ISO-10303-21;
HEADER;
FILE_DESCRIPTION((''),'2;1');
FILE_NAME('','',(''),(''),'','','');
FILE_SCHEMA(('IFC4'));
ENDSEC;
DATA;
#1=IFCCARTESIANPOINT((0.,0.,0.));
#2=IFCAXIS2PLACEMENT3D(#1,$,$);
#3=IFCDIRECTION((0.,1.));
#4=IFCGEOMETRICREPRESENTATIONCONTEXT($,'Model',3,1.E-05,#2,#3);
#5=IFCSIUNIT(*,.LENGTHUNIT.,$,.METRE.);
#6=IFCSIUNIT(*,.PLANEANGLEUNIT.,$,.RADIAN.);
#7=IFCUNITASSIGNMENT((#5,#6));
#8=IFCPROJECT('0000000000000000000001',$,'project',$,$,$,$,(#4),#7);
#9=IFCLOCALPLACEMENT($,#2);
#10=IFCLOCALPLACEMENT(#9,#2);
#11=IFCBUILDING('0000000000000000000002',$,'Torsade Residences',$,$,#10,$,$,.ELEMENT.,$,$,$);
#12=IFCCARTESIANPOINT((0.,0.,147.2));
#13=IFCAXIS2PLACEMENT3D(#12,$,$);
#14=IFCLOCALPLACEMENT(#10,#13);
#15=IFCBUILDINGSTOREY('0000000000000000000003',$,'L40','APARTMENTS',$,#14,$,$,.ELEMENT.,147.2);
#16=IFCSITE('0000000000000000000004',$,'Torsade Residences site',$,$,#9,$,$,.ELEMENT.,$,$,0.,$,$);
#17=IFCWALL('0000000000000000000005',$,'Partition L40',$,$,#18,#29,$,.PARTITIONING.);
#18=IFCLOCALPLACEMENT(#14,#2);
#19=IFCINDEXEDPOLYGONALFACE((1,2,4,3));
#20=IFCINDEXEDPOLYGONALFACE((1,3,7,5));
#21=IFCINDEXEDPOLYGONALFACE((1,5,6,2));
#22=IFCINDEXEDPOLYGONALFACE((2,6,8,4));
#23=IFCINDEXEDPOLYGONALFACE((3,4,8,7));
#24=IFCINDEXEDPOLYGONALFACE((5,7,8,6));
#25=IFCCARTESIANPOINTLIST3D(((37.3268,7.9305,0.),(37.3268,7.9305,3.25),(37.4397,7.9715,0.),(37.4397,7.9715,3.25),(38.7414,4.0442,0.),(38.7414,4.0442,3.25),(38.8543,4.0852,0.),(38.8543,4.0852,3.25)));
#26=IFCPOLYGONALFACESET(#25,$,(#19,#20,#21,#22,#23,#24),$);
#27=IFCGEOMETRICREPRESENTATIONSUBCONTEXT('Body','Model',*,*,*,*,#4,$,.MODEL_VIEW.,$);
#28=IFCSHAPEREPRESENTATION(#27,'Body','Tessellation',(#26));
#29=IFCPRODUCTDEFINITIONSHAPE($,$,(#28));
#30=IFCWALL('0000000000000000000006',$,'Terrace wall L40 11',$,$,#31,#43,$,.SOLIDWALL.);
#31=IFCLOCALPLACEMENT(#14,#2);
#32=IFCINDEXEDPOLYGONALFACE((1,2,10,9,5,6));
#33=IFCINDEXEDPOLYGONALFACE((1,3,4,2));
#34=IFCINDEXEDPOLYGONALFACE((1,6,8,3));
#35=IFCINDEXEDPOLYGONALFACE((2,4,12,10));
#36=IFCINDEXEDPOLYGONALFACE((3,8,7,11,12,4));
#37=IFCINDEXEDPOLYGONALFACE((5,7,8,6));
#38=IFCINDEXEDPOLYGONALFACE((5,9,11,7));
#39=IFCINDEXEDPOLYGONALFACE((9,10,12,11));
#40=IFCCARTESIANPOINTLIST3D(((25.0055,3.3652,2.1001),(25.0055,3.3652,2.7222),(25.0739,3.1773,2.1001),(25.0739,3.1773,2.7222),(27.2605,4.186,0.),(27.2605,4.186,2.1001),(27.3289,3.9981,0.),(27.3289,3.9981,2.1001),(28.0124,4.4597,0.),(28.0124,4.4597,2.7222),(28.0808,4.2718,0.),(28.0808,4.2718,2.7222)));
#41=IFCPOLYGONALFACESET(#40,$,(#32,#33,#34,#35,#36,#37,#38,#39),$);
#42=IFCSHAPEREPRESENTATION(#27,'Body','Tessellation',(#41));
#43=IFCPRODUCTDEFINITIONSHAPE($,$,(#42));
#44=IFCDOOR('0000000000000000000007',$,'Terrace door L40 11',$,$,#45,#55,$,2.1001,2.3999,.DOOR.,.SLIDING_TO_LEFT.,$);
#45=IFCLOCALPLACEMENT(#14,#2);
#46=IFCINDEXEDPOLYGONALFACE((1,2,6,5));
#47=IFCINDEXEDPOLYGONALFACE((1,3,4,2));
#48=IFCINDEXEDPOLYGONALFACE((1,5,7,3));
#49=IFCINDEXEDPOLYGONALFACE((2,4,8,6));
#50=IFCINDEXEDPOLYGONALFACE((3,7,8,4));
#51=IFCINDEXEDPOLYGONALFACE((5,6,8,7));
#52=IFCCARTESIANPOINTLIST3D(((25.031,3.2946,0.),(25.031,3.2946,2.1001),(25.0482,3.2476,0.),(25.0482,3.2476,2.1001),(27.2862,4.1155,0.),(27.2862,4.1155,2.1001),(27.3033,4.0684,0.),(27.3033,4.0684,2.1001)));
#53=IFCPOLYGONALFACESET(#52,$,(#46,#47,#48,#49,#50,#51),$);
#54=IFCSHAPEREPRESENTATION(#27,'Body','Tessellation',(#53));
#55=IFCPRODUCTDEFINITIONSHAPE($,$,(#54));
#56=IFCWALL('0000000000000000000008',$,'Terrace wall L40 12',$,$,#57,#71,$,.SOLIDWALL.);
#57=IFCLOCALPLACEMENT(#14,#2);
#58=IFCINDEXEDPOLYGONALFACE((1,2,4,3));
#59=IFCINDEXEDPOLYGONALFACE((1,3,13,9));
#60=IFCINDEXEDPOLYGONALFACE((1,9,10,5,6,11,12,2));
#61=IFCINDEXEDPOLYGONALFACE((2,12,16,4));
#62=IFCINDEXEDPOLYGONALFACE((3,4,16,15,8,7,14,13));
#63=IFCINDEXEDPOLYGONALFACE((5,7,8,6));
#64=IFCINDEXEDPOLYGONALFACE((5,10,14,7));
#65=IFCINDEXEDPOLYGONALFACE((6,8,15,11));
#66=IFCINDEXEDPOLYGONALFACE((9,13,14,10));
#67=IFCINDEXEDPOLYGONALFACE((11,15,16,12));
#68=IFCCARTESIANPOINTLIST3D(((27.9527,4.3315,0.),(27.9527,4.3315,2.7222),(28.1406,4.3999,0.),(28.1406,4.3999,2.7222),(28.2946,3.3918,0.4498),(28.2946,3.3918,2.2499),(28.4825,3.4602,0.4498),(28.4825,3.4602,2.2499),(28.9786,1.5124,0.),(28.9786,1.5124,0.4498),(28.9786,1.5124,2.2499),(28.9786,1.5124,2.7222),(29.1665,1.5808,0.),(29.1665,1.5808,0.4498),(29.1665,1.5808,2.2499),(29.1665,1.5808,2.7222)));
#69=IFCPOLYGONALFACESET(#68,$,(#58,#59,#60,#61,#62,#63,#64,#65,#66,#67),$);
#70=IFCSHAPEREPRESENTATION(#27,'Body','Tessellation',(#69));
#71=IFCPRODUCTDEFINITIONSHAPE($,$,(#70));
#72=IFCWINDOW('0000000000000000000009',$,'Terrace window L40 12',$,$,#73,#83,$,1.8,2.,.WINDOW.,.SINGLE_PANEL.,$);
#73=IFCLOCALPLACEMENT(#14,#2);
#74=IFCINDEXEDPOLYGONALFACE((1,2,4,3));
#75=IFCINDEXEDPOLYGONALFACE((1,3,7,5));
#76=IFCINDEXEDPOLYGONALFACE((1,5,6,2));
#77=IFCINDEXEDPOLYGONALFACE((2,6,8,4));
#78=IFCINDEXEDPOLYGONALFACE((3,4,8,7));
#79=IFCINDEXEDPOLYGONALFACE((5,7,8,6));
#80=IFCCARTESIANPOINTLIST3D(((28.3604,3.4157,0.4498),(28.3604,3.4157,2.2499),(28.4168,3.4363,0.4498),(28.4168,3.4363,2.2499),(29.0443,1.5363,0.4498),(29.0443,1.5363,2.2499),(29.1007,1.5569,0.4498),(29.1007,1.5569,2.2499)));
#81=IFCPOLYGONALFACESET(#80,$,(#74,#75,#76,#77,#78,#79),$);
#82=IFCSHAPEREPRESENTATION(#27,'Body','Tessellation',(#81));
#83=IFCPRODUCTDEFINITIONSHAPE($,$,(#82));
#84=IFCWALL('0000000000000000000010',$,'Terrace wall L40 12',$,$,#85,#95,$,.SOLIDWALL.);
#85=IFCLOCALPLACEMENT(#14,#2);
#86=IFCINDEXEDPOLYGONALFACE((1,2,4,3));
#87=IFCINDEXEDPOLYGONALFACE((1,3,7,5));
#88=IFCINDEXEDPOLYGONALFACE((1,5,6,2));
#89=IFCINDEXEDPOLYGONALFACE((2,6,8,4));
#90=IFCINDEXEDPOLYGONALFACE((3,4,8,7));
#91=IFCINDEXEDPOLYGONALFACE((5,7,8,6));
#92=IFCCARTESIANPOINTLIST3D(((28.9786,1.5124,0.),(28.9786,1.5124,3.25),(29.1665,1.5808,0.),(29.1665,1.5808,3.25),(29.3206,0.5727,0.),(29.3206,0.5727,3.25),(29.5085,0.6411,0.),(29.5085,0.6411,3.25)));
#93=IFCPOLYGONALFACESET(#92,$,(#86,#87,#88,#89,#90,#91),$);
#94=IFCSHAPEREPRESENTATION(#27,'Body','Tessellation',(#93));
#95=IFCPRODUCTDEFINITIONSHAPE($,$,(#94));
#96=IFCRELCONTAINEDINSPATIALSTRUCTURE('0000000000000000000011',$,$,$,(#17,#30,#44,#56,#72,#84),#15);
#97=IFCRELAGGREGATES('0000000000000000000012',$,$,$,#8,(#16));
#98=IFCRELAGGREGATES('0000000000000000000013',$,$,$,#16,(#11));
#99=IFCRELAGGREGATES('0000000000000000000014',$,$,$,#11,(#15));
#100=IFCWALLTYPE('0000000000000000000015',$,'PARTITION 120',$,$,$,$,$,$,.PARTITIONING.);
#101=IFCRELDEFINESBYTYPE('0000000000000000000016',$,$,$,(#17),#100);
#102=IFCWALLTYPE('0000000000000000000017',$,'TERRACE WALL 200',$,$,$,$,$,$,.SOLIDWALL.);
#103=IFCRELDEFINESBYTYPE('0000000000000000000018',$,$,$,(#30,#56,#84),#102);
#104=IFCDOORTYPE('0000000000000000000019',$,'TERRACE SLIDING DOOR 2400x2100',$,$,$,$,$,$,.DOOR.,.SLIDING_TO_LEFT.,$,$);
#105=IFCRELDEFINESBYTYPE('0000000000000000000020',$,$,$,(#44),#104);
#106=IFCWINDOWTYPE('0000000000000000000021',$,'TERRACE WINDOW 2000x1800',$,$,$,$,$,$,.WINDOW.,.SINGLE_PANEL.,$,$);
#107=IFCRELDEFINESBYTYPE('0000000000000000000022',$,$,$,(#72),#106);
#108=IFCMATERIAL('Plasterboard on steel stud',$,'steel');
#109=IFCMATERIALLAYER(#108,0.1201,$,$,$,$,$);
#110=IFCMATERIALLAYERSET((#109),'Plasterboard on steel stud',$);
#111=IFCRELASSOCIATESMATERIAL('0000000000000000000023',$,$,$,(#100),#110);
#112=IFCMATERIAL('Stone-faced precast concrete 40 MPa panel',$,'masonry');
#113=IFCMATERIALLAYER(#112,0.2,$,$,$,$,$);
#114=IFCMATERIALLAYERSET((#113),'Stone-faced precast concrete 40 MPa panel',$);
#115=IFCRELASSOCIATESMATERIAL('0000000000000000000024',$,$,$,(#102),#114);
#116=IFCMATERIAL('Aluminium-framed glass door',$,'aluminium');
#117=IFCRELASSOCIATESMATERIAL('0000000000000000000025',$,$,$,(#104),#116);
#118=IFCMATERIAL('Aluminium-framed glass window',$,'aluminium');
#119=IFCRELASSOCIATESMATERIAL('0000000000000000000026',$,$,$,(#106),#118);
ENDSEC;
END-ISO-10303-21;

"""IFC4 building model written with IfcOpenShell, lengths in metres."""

from ifc_helpers import new_model, si_unit, direction, frame, frame_2d, origin, place, context, subcontext, project, spatial, rectangle, extrude, material, layer, layer_set, type_object, element, fill, save


model = new_model("IFC4")

# Units and contexts
model_context = context("Model", 3, precision=1e-05, world=origin(), true_north=direction((0.0, 1.0)))
body_context = subcontext(model_context, "Body", "Model", "MODEL_VIEW")
ifc_project = project(units=[si_unit("LENGTHUNIT", "METRE"), si_unit("PLANEANGLEUNIT", "RADIAN")], contexts=[model_context])

# Site, building, storey
site_placement = place(None, origin())
site = spatial("IfcSite", under=ifc_project, at=site_placement, Name="Torsade Residences site", CompositionType="ELEMENT", RefElevation=0.0)
building_placement = place(site_placement, origin())
building = spatial("IfcBuilding", under=site, at=building_placement, Name="Torsade Residences", CompositionType="ELEMENT")
storey_placement = place(building_placement, frame((0.0, 0.0, 147.2)))
storey = spatial("IfcBuildingStorey", under=building, at=storey_placement, Name="L40", Description="APARTMENTS", CompositionType="ELEMENT", Elevation=147.2)

# Shared definitions
ifc_material_1 = material(Name="Plasterboard on steel stud", Category="steel")
ifc_layer_1 = layer(ifc_material_1, 0.1201)
ifc_layer_set_1 = layer_set([ifc_layer_1], Name="Plasterboard on steel stud")
wall_type_1 = type_object("IfcWallType", Name="PARTITION 120", PredefinedType="PARTITIONING", material=ifc_layer_set_1)

# Wall
wall_1_placement = place(storey_placement, frame((38.7979, 4.0647, 0.0), z_axis=(0.0, 0.0, 1.0), x_axis=(-0.342037, 0.939687, 0.0)))
element("IfcWall", 1, at=wall_1_placement, inside=storey, type_object=wall_type_1, Name="Partition L40", PredefinedType="PARTITIONING", context=body_context, shape_type="SweptSolid", body=[
    extrude(rectangle(XDim=4.1357, YDim=0.1201, at=frame_2d((2.0679, 0.0))), origin(), (0.0, 0.0, 1.0), 3.25),
])

# Wall, opening, door
ifc_material_2 = material(Name="Stone-faced precast concrete 40 MPa panel", Category="masonry")
ifc_layer_2 = layer(ifc_material_2, 0.2)
ifc_layer_set_2 = layer_set([ifc_layer_2], Name="Stone-faced precast concrete 40 MPa panel")
wall_type_2 = type_object("IfcWallType", Name="TERRACE WALL 200", PredefinedType="SOLIDWALL", material=ifc_layer_set_2)
wall_2_placement = place(storey_placement, frame((25.0396, 3.2712, 0.0), z_axis=(0.0, 0.0, 1.0), x_axis=(0.939693, 0.342019, 0.0)))
wall_2 = element("IfcWall", 2, at=wall_2_placement, inside=storey, type_object=wall_type_2, Name="Terrace wall L40 11", PredefinedType="SOLIDWALL", context=body_context, shape_type="SweptSolid", body=[
    extrude(rectangle(XDim=3.2, YDim=0.2, at=frame_2d((1.6001, 0.0))), origin(), (0.0, 0.0, 1.0), 2.7222),
])
opening_1_placement = place(wall_2_placement, origin())
opening_1 = element("IfcOpeningElement", 3, at=opening_1_placement, cuts=wall_2, PredefinedType="OPENING", context=body_context, shape_type="SweptSolid", body=[
    extrude(rectangle(XDim=2.3999, YDim=2.1001, at=frame_2d((1.2, 1.05))), frame((0.0, 0.1099, 0.0), z_axis=(0.0, -1.0, 0.0), x_axis=(1.0, 0.0, 0.0)), (0.0, 0.0, 1.0), 0.22),
])
ifc_material_3 = material(Name="Aluminium-framed glass door", Category="aluminium")
door_type_1 = type_object("IfcDoorType", Name="TERRACE SLIDING DOOR 2400x2100", OperationType="SLIDING_TO_LEFT", PredefinedType="DOOR", material=ifc_material_3)
door_1_placement = place(opening_1_placement, origin())
door_1 = element("IfcDoor", 4, at=door_1_placement, inside=storey, type_object=door_type_1, Name="Terrace door L40 11", OperationType="SLIDING_TO_LEFT", OverallHeight=2.1001, OverallWidth=2.3999, PredefinedType="DOOR", context=body_context, shape_type="SweptSolid", body=[
    extrude(rectangle(XDim=2.3999, YDim=2.1001, at=frame_2d((1.2, 1.05))), frame((0.0, 0.0249, 0.0), z_axis=(0.0, -1.0, 0.0), x_axis=(1.0, 0.0, 0.0)), (0.0, 0.0, 1.0), 0.05),
])
fill(opening_1, door_1)

# Wall, opening, window
wall_3_placement = place(storey_placement, frame((28.0466, 4.3657, 0.0), z_axis=(0.0, 0.0, 1.0), x_axis=(0.341965, -0.939713, 0.0)))
wall_3 = element("IfcWall", 5, at=wall_3_placement, inside=storey, type_object=wall_type_2, Name="Terrace wall L40 12", PredefinedType="SOLIDWALL", context=body_context, shape_type="SweptSolid", body=[
    extrude(rectangle(XDim=3.0, YDim=0.2, at=frame_2d((1.5, 0.0))), origin(), (0.0, 0.0, 1.0), 2.7222),
])
opening_2_placement = place(wall_3_placement, frame((1.0, 0.0, 0.45)))
opening_2 = element("IfcOpeningElement", 6, at=opening_2_placement, cuts=wall_3, PredefinedType="OPENING", context=body_context, shape_type="SweptSolid", body=[
    extrude(rectangle(XDim=2.0, YDim=1.8, at=frame_2d((1.0, 0.8999))), frame((0.0, 0.1099, 0.0), z_axis=(0.0, -1.0, 0.0), x_axis=(1.0, 0.0, 0.0)), (0.0, 0.0, 1.0), 0.22),
])
ifc_material_4 = material(Name="Aluminium-framed glass window", Category="aluminium")
window_type = type_object("IfcWindowType", Name="TERRACE WINDOW 2000x1800", PartitioningType="SINGLE_PANEL", PredefinedType="WINDOW", material=ifc_material_4)
window_placement = place(opening_2_placement, origin())
window = element("IfcWindow", 7, at=window_placement, inside=storey, type_object=window_type, Name="Terrace window L40 12", OverallHeight=1.8, OverallWidth=2.0, PartitioningType="SINGLE_PANEL", PredefinedType="WINDOW", context=body_context, shape_type="SweptSolid", body=[
    extrude(rectangle(XDim=2.0, YDim=1.8, at=frame_2d((1.0, 0.8999))), frame((0.0, 0.03, 0.0), z_axis=(0.0, -1.0, 0.0), x_axis=(1.0, 0.0, 0.0)), (0.0, 0.0, 1.0), 0.0601),
])
fill(opening_2, window)

# Wall
wall_4_placement = place(storey_placement, frame((29.0725, 1.5466, 0.0), z_axis=(0.0, 0.0, 1.0), x_axis=(0.342037, -0.939686, 0.0)))
element("IfcWall", 8, at=wall_4_placement, inside=storey, type_object=wall_type_2, Name="Terrace wall L40 12", PredefinedType="SOLIDWALL", context=body_context, shape_type="SweptSolid", body=[
    extrude(rectangle(XDim=1.0, YDim=0.2, at=frame_2d((0.5, 0.0))), origin(), (0.0, 0.0, 1.0), 3.25),
])

save(model, "model.ifc")
